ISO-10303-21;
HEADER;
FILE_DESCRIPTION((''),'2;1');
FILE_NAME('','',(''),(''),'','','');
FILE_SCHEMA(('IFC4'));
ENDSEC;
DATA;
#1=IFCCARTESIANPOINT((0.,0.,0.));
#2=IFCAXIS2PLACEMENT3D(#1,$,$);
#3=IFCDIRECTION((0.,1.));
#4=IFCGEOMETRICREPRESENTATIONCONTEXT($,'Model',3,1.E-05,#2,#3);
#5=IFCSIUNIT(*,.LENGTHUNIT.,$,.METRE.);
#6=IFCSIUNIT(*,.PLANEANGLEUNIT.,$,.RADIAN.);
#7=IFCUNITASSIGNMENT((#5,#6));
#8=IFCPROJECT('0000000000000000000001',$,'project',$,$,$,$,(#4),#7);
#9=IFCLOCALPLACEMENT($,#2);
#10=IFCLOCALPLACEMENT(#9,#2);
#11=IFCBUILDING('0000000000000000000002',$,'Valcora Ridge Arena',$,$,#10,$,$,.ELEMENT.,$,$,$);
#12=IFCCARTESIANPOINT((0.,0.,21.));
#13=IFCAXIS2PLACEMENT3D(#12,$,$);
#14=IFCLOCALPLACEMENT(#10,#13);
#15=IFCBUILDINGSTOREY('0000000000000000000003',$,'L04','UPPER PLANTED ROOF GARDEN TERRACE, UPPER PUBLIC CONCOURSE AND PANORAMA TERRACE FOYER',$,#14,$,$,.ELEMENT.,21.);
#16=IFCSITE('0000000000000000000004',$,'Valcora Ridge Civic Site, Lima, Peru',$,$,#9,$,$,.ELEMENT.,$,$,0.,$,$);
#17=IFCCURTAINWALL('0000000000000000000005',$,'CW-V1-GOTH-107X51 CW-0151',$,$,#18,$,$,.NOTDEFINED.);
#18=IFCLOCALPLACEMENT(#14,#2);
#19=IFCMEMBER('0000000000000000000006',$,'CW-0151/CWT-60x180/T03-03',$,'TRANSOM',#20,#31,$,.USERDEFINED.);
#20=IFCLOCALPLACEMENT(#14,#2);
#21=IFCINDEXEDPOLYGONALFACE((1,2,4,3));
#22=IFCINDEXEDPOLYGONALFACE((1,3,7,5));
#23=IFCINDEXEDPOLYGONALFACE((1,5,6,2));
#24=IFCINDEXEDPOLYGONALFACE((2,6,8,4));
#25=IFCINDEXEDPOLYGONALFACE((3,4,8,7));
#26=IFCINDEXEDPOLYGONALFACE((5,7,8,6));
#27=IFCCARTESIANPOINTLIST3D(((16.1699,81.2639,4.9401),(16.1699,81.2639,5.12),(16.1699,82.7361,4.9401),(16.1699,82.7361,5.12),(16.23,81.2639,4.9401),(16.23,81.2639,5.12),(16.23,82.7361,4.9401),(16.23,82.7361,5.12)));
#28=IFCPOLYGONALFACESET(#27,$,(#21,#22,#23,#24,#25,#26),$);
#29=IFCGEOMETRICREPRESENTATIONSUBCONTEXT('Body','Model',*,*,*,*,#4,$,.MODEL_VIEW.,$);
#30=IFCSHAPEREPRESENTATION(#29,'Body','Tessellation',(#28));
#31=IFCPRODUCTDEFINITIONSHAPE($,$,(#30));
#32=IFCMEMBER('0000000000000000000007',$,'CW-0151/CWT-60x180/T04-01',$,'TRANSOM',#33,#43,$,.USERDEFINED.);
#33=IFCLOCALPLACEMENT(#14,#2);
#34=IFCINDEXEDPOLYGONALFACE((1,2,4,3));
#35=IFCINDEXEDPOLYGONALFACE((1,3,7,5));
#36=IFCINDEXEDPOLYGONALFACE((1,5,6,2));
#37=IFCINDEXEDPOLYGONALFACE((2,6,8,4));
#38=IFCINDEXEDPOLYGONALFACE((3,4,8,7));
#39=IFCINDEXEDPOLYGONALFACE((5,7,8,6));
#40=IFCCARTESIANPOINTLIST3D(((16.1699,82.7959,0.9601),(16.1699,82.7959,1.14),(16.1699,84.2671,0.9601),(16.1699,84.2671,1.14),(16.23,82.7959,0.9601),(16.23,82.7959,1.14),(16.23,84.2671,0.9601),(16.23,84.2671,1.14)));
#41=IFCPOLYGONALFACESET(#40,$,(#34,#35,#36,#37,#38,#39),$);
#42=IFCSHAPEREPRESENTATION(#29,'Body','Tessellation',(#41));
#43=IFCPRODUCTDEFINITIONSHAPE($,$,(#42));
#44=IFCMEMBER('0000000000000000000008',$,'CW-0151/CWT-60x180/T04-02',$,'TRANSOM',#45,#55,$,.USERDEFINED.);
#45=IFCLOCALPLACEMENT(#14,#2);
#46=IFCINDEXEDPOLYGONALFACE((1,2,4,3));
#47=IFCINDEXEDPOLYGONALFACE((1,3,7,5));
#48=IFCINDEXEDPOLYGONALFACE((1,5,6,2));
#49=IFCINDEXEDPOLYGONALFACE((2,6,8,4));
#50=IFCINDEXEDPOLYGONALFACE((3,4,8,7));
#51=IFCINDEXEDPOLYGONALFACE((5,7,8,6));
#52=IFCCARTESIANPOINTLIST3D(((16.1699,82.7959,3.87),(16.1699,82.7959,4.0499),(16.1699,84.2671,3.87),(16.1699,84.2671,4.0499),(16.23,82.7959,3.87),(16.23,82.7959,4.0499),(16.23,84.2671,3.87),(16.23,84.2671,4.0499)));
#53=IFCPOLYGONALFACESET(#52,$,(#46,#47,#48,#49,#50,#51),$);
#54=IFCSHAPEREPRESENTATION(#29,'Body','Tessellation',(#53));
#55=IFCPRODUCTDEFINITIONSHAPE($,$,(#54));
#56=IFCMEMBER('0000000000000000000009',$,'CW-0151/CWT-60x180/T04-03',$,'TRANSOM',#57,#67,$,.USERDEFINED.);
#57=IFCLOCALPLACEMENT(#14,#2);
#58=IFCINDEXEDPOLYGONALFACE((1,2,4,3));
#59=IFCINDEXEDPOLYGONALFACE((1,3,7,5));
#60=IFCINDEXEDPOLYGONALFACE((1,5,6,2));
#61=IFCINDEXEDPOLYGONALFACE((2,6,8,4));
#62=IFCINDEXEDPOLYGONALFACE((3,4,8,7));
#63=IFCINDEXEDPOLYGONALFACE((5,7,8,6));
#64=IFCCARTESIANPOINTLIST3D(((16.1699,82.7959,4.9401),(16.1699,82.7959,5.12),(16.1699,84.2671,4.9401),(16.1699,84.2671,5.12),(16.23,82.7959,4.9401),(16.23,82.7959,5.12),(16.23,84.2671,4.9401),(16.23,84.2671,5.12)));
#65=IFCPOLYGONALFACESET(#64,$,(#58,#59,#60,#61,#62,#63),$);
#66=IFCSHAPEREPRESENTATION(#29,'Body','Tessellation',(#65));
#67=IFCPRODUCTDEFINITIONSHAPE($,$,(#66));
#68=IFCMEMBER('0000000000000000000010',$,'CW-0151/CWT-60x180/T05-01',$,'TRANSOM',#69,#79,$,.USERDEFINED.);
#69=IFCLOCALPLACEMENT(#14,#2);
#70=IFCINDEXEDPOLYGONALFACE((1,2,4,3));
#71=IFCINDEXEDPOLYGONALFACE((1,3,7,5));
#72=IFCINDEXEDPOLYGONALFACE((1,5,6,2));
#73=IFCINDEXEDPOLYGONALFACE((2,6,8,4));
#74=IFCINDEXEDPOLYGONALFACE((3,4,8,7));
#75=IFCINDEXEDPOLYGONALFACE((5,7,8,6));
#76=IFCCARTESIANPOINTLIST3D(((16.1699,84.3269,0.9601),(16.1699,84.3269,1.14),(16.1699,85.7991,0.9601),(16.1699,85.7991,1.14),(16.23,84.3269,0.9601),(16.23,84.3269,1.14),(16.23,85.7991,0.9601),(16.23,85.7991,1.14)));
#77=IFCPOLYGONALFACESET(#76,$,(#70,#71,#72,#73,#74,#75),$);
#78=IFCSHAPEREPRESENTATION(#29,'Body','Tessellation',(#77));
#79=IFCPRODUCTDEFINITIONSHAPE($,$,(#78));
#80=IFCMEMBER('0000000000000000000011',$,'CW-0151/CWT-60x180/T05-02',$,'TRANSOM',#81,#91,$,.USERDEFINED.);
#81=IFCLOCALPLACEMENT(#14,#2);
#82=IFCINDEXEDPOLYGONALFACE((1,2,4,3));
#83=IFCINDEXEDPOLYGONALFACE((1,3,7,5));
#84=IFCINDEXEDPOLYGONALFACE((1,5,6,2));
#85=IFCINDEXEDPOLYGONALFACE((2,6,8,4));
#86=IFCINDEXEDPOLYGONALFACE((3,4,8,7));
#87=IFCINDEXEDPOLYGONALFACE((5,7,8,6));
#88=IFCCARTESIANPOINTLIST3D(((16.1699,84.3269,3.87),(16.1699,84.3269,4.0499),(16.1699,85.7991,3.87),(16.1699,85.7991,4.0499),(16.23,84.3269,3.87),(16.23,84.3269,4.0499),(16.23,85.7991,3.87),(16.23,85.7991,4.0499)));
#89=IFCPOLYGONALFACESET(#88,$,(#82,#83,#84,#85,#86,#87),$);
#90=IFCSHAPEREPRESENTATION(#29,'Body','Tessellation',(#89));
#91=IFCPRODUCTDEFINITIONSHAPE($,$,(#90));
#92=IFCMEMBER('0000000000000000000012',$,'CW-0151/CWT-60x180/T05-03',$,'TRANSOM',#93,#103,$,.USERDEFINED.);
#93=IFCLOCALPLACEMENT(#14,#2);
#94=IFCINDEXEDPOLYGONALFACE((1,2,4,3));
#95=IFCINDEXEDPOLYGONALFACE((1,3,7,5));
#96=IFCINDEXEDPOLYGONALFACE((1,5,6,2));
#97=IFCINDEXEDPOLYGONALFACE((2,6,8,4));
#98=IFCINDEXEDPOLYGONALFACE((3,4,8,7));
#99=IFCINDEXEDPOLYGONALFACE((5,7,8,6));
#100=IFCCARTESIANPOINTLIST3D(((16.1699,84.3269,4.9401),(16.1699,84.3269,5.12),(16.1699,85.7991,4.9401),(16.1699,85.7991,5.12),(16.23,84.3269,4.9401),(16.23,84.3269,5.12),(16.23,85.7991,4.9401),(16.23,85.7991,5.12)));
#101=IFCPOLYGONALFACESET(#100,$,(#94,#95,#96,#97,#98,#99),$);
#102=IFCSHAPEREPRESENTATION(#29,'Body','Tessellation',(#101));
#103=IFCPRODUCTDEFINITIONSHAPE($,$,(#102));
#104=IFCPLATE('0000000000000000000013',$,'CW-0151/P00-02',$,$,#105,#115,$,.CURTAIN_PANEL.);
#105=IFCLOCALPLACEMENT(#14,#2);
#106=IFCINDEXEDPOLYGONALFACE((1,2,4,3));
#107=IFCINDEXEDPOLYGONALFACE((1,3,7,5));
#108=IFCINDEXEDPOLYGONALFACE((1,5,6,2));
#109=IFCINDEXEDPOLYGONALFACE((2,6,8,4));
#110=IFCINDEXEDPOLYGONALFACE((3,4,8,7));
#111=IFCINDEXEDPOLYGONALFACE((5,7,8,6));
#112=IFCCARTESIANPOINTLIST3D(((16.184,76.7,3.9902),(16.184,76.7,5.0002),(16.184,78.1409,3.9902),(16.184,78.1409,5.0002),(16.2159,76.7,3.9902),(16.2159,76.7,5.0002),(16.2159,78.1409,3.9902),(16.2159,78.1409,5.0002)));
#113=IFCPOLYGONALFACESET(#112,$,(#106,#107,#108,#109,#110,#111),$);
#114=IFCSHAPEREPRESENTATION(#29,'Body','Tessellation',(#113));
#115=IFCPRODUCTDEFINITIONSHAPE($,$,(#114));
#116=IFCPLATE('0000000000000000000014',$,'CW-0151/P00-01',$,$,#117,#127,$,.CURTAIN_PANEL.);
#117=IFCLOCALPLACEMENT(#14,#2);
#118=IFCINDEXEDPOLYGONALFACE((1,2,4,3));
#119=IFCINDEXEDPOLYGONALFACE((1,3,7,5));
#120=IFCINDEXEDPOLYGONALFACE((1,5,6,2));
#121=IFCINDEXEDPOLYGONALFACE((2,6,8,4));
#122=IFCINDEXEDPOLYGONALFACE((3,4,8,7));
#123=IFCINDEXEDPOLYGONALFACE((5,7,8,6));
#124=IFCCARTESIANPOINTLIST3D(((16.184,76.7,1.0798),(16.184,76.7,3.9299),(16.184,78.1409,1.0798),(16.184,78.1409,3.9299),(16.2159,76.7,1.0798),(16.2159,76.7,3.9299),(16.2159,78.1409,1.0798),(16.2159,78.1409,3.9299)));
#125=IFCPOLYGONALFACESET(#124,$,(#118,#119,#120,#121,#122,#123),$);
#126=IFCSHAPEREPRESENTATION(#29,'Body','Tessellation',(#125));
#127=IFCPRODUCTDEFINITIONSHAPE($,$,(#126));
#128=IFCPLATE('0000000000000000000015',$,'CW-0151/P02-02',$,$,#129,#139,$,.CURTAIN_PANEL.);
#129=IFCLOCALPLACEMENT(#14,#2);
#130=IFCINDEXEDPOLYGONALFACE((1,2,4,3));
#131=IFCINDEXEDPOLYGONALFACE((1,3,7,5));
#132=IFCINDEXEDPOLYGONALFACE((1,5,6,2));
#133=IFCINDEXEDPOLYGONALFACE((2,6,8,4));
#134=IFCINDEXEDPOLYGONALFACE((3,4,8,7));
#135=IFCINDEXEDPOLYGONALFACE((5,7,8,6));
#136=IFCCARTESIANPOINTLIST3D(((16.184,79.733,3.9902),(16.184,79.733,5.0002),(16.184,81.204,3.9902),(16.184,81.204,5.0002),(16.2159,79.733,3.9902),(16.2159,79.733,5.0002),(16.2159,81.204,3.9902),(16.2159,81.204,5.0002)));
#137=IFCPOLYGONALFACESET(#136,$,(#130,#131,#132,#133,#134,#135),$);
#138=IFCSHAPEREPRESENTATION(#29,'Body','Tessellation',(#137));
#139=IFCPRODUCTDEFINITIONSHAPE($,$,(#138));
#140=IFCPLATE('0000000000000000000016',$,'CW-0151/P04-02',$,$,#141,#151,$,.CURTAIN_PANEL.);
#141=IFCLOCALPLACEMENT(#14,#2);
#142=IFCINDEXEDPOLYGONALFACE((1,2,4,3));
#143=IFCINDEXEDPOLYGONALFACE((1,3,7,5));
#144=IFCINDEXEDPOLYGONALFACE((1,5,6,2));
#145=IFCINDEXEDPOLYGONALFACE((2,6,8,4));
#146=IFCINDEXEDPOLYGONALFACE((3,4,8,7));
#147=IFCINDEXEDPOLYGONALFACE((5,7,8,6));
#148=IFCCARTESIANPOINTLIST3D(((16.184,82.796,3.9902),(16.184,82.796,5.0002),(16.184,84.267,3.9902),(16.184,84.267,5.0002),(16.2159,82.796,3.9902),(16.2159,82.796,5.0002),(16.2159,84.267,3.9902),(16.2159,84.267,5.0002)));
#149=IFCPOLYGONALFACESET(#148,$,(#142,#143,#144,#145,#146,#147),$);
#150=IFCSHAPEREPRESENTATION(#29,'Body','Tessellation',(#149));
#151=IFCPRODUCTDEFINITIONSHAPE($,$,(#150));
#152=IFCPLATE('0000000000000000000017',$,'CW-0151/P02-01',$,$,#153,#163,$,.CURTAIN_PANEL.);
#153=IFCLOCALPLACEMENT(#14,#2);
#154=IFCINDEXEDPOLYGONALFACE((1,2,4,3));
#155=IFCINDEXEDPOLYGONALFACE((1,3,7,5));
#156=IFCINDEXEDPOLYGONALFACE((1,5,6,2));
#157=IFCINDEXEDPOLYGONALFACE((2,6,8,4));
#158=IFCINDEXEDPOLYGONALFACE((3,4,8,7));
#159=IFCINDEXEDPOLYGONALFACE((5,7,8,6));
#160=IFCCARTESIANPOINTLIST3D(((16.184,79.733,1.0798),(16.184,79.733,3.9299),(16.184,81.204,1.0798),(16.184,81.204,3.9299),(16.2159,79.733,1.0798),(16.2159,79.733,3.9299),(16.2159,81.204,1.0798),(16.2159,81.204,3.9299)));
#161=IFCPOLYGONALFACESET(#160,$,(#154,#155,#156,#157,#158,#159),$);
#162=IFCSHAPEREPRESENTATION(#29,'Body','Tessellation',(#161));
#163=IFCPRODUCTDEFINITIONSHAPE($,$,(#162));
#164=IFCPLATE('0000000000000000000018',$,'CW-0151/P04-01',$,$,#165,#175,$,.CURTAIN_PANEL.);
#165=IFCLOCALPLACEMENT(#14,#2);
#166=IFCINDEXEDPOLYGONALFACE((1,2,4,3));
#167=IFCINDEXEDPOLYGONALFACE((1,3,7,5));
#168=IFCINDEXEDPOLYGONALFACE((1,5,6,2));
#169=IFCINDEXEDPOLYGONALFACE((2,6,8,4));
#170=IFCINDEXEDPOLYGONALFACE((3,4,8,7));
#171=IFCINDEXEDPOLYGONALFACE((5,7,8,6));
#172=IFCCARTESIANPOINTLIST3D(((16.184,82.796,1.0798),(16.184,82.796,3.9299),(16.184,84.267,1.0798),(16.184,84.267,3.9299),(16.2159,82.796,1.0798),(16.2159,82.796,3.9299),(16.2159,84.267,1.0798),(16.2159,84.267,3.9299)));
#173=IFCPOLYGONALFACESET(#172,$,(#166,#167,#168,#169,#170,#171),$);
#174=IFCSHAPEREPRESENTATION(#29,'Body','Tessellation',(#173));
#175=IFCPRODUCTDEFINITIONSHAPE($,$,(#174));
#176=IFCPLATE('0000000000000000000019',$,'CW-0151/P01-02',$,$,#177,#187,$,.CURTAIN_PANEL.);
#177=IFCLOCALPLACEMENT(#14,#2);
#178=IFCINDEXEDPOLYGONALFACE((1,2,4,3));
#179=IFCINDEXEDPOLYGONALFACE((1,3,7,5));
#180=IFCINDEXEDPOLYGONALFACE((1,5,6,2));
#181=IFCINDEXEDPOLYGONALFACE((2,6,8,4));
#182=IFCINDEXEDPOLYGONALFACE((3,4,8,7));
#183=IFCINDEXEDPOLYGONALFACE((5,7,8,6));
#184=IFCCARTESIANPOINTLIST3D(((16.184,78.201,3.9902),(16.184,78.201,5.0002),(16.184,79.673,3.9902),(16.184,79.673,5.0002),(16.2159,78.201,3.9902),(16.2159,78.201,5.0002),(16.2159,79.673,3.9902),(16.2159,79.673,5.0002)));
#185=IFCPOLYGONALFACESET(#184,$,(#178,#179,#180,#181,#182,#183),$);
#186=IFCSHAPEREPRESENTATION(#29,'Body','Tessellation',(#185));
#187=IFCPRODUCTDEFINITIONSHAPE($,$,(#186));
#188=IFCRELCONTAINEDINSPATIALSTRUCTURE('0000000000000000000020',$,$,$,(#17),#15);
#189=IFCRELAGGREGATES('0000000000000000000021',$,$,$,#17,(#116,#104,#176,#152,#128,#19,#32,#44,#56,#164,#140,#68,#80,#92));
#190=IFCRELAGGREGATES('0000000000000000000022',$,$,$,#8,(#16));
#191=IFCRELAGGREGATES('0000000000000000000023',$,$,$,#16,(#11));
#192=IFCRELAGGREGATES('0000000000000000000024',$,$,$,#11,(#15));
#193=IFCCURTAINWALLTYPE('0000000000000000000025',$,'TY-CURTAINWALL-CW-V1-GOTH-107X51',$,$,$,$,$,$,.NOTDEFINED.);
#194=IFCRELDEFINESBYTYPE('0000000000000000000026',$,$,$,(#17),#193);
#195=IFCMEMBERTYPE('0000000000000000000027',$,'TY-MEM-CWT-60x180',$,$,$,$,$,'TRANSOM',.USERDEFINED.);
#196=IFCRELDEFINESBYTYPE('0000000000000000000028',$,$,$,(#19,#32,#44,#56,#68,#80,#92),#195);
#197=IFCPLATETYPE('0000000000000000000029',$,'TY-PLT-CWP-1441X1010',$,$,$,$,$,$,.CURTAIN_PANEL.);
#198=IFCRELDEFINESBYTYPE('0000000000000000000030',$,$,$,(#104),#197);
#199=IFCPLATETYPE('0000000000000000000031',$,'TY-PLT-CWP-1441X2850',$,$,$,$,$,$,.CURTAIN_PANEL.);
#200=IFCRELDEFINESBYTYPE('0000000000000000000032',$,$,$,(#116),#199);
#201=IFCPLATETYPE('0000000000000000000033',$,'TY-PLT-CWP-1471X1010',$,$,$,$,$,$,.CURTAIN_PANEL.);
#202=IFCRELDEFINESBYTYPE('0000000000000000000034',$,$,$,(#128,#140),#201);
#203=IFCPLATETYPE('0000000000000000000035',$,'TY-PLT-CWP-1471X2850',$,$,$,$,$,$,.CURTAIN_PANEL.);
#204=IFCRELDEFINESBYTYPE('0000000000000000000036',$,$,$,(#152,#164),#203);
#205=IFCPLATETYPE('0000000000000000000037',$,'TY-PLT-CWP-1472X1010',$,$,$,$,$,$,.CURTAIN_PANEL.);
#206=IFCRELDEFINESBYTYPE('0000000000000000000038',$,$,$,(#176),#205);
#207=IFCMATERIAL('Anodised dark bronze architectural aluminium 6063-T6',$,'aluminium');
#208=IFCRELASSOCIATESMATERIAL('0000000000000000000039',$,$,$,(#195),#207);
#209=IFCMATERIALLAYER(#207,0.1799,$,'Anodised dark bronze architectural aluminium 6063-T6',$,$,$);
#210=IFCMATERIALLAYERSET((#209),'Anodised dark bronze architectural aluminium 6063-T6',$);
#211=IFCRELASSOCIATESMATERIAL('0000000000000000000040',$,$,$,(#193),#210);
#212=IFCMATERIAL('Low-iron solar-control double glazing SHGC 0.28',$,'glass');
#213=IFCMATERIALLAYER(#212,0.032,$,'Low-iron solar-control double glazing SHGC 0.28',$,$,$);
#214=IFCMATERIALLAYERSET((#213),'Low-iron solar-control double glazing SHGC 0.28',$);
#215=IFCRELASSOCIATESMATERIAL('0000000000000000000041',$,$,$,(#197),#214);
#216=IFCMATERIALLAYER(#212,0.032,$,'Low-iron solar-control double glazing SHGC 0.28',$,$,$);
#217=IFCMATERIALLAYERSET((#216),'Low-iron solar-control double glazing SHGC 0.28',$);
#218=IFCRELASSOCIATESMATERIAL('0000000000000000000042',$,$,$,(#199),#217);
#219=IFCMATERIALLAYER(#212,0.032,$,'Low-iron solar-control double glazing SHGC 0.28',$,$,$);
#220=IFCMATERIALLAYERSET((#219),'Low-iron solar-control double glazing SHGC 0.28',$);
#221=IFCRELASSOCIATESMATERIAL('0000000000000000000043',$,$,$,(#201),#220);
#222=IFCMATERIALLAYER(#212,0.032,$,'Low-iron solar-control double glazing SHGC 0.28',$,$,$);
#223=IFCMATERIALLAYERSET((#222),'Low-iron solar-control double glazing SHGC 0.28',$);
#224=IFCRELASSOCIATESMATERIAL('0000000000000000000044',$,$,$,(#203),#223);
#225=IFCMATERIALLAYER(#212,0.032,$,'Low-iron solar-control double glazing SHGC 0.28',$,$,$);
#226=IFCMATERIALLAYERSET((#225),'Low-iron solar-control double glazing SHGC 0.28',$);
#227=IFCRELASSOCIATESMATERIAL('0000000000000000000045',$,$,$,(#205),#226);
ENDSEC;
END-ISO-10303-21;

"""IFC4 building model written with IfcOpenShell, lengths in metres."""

from ifc_helpers import new_model, si_unit, direction, frame, origin, origin_2d, place, context, subcontext, project, spatial, rectangle, extrude, material, layer, layer_set, material_profile, profile_set, type_object, element, aggregate, save


model = new_model("IFC4")

# Units and contexts
model_context = context("Model", 3, precision=1e-05, world=origin(), true_north=direction((0.0, 1.0)))
body_context = subcontext(model_context, "Body", "Model", "MODEL_VIEW")
ifc_project = project(units=[si_unit("LENGTHUNIT", "METRE"), si_unit("PLANEANGLEUNIT", "RADIAN")], contexts=[model_context])

# Site, building, storey
site_placement = place(None, origin())
site = spatial("IfcSite", under=ifc_project, at=site_placement, Name="Valcora Ridge Civic Site, Lima, Peru", CompositionType="ELEMENT", RefElevation=0.0)
building_placement = place(site_placement, origin())
building = spatial("IfcBuilding", under=site, at=building_placement, Name="Valcora Ridge Arena", CompositionType="ELEMENT")
storey_placement = place(building_placement, frame((0.0, 0.0, 21.0)))
storey = spatial("IfcBuildingStorey", under=building, at=storey_placement, Name="L04", Description="UPPER PLANTED ROOF GARDEN TERRACE, UPPER PUBLIC CONCOURSE AND PANORAMA TERRACE FOYER", CompositionType="ELEMENT", Elevation=21.0)

# Shared definitions
ifc_material_1 = material(Name="Anodised dark bronze architectural aluminium 6063-T6", Category="aluminium")
ifc_material_profile_1 = material_profile(ifc_material_1, rectangle(XDim=0.0601, YDim=0.1799, at=origin_2d()), Name="ALU TRANSOM 60x180")
ifc_profile_set_1 = profile_set([ifc_material_profile_1], Name="Anodised dark bronze architectural aluminium 6063-T6")
member_type = type_object("IfcMemberType", Name="TY-MEM-CWT-60x180", ElementType="TRANSOM", PredefinedType="USERDEFINED", material=ifc_profile_set_1)

# Curtain wall, members, plates
ifc_layer_1 = layer(ifc_material_1, 0.1799, Name="Anodised dark bronze architectural aluminium 6063-T6")
ifc_layer_set_1 = layer_set([ifc_layer_1], Name="Anodised dark bronze architectural aluminium 6063-T6")
curtain_wall_type_1 = type_object("IfcCurtainWallType", Name="TY-CURTAINWALL-CW-V1-GOTH-107X51", PredefinedType="NOTDEFINED", material=ifc_layer_set_1)
curtain_wall_1_placement = place(storey_placement, origin())
curtain_wall_1 = element("IfcCurtainWall", 1, at=curtain_wall_1_placement, inside=storey, type_object=curtain_wall_type_1, Name="CW-V1-GOTH-107X51 CW-0151", PredefinedType="NOTDEFINED")
member_1_placement = place(storey_placement, frame((16.2, 81.2639, 5.03), z_axis=(0.0, 1.0, 0.0), x_axis=(-1.0, 0.0, 0.0)))
member_1 = element("IfcMember", 2, at=member_1_placement, type_object=member_type, Name="CW-0151/CWT-60x180/T03-03", ObjectType="TRANSOM", PredefinedType="USERDEFINED", context=body_context, shape_type="SweptSolid", body=[
    extrude(rectangle(XDim=0.0601, YDim=0.1799, at=origin_2d()), origin(), (0.0, 0.0, 1.0), 1.4722),
])
member_2_placement = place(storey_placement, frame((16.2, 82.7959, 1.05), z_axis=(0.0, 1.0, 0.0), x_axis=(-1.0, 0.0, 0.0)))
member_2 = element("IfcMember", 3, at=member_2_placement, type_object=member_type, Name="CW-0151/CWT-60x180/T04-01", ObjectType="TRANSOM", PredefinedType="USERDEFINED", context=body_context, shape_type="SweptSolid", body=[
    extrude(rectangle(XDim=0.0601, YDim=0.1799, at=origin_2d()), origin(), (0.0, 0.0, 1.0), 1.4712),
])
member_3_placement = place(storey_placement, frame((16.2, 82.7959, 3.96), z_axis=(0.0, 1.0, 0.0), x_axis=(-1.0, 0.0, 0.0)))
member_3 = element("IfcMember", 4, at=member_3_placement, type_object=member_type, Name="CW-0151/CWT-60x180/T04-02", ObjectType="TRANSOM", PredefinedType="USERDEFINED", context=body_context, shape_type="SweptSolid", body=[
    extrude(rectangle(XDim=0.0601, YDim=0.1799, at=origin_2d()), origin(), (0.0, 0.0, 1.0), 1.4712),
])
member_4_placement = place(storey_placement, frame((16.2, 82.7959, 5.03), z_axis=(0.0, 1.0, 0.0), x_axis=(-1.0, 0.0, 0.0)))
member_4 = element("IfcMember", 5, at=member_4_placement, type_object=member_type, Name="CW-0151/CWT-60x180/T04-03", ObjectType="TRANSOM", PredefinedType="USERDEFINED", context=body_context, shape_type="SweptSolid", body=[
    extrude(rectangle(XDim=0.0601, YDim=0.1799, at=origin_2d()), origin(), (0.0, 0.0, 1.0), 1.4712),
])
member_5_placement = place(storey_placement, frame((16.2, 84.3269, 1.05), z_axis=(0.0, 1.0, 0.0), x_axis=(-1.0, 0.0, 0.0)))
member_5 = element("IfcMember", 6, at=member_5_placement, type_object=member_type, Name="CW-0151/CWT-60x180/T05-01", ObjectType="TRANSOM", PredefinedType="USERDEFINED", context=body_context, shape_type="SweptSolid", body=[
    extrude(rectangle(XDim=0.0601, YDim=0.1799, at=origin_2d()), origin(), (0.0, 0.0, 1.0), 1.4722),
])
member_6_placement = place(storey_placement, frame((16.2, 84.3269, 3.96), z_axis=(0.0, 1.0, 0.0), x_axis=(-1.0, 0.0, 0.0)))
member_6 = element("IfcMember", 7, at=member_6_placement, type_object=member_type, Name="CW-0151/CWT-60x180/T05-02", ObjectType="TRANSOM", PredefinedType="USERDEFINED", context=body_context, shape_type="SweptSolid", body=[
    extrude(rectangle(XDim=0.0601, YDim=0.1799, at=origin_2d()), origin(), (0.0, 0.0, 1.0), 1.4722),
])
member_7_placement = place(storey_placement, frame((16.2, 84.3269, 5.03), z_axis=(0.0, 1.0, 0.0), x_axis=(-1.0, 0.0, 0.0)))
member_7 = element("IfcMember", 8, at=member_7_placement, type_object=member_type, Name="CW-0151/CWT-60x180/T05-03", ObjectType="TRANSOM", PredefinedType="USERDEFINED", context=body_context, shape_type="SweptSolid", body=[
    extrude(rectangle(XDim=0.0601, YDim=0.1799, at=origin_2d()), origin(), (0.0, 0.0, 1.0), 1.4722),
])
ifc_material_2 = material(Name="Low-iron solar-control double glazing SHGC 0.28", Category="glass")
ifc_layer_2 = layer(ifc_material_2, 0.032, Name="Low-iron solar-control double glazing SHGC 0.28")
ifc_layer_set_2 = layer_set([ifc_layer_2], Name="Low-iron solar-control double glazing SHGC 0.28")
plate_type_1 = type_object("IfcPlateType", Name="TY-PLT-CWP-1441X1010", PredefinedType="CURTAIN_PANEL", material=ifc_layer_set_2)
plate_1_placement = place(storey_placement, frame((16.2, 77.4204, 3.9902), z_axis=(0.0, 0.0, 1.0), x_axis=(0.0, 1.0, 0.0)))
plate_1 = element("IfcPlate", 9, at=plate_1_placement, type_object=plate_type_1, Name="CW-0151/P00-02", PredefinedType="CURTAIN_PANEL", context=body_context, shape_type="SweptSolid", body=[
    extrude(rectangle(XDim=1.4409, YDim=0.032, at=origin_2d()), origin(), (0.0, 0.0, 1.0), 1.01),
])
ifc_layer_3 = layer(ifc_material_2, 0.032, Name="Low-iron solar-control double glazing SHGC 0.28")
ifc_layer_set_3 = layer_set([ifc_layer_3], Name="Low-iron solar-control double glazing SHGC 0.28")
plate_type_2 = type_object("IfcPlateType", Name="TY-PLT-CWP-1441X2850", PredefinedType="CURTAIN_PANEL", material=ifc_layer_set_3)
plate_2_placement = place(storey_placement, frame((16.2, 77.4204, 1.0798), z_axis=(0.0, 0.0, 1.0), x_axis=(0.0, 1.0, 0.0)))
plate_2 = element("IfcPlate", 10, at=plate_2_placement, type_object=plate_type_2, Name="CW-0151/P00-01", PredefinedType="CURTAIN_PANEL", context=body_context, shape_type="SweptSolid", body=[
    extrude(rectangle(XDim=1.4409, YDim=0.032, at=origin_2d()), origin(), (0.0, 0.0, 1.0), 2.8501),
])
ifc_layer_4 = layer(ifc_material_2, 0.032, Name="Low-iron solar-control double glazing SHGC 0.28")
ifc_layer_set_4 = layer_set([ifc_layer_4], Name="Low-iron solar-control double glazing SHGC 0.28")
plate_type_3 = type_object("IfcPlateType", Name="TY-PLT-CWP-1471X1010", PredefinedType="CURTAIN_PANEL", material=ifc_layer_set_4)
plate_3_placement = place(storey_placement, frame((16.2, 80.4685, 3.9902), z_axis=(0.0, 0.0, 1.0), x_axis=(0.0, 1.0, 0.0)))
plate_3 = element("IfcPlate", 11, at=plate_3_placement, type_object=plate_type_3, Name="CW-0151/P02-02", PredefinedType="CURTAIN_PANEL", context=body_context, shape_type="SweptSolid", body=[
    extrude(rectangle(XDim=1.4709, YDim=0.032, at=origin_2d()), origin(), (0.0, 0.0, 1.0), 1.01),
])
plate_4_placement = place(storey_placement, frame((16.2, 83.5315, 3.9902), z_axis=(0.0, 0.0, 1.0), x_axis=(0.0, 1.0, 0.0)))
plate_4 = element("IfcPlate", 12, at=plate_4_placement, type_object=plate_type_3, Name="CW-0151/P04-02", PredefinedType="CURTAIN_PANEL", context=body_context, shape_type="SweptSolid", body=[
    extrude(rectangle(XDim=1.4709, YDim=0.032, at=origin_2d()), origin(), (0.0, 0.0, 1.0), 1.01),
])
ifc_layer_5 = layer(ifc_material_2, 0.032, Name="Low-iron solar-control double glazing SHGC 0.28")
ifc_layer_set_5 = layer_set([ifc_layer_5], Name="Low-iron solar-control double glazing SHGC 0.28")
plate_type_4 = type_object("IfcPlateType", Name="TY-PLT-CWP-1471X2850", PredefinedType="CURTAIN_PANEL", material=ifc_layer_set_5)
plate_5_placement = place(storey_placement, frame((16.2, 80.4685, 1.0798), z_axis=(0.0, 0.0, 1.0), x_axis=(0.0, 1.0, 0.0)))
plate_5 = element("IfcPlate", 13, at=plate_5_placement, type_object=plate_type_4, Name="CW-0151/P02-01", PredefinedType="CURTAIN_PANEL", context=body_context, shape_type="SweptSolid", body=[
    extrude(rectangle(XDim=1.4709, YDim=0.032, at=origin_2d()), origin(), (0.0, 0.0, 1.0), 2.8501),
])
plate_6_placement = place(storey_placement, frame((16.2, 83.5315, 1.0798), z_axis=(0.0, 0.0, 1.0), x_axis=(0.0, 1.0, 0.0)))
plate_6 = element("IfcPlate", 14, at=plate_6_placement, type_object=plate_type_4, Name="CW-0151/P04-01", PredefinedType="CURTAIN_PANEL", context=body_context, shape_type="SweptSolid", body=[
    extrude(rectangle(XDim=1.4709, YDim=0.032, at=origin_2d()), origin(), (0.0, 0.0, 1.0), 2.8501),
])
ifc_layer_6 = layer(ifc_material_2, 0.032, Name="Low-iron solar-control double glazing SHGC 0.28")
ifc_layer_set_6 = layer_set([ifc_layer_6], Name="Low-iron solar-control double glazing SHGC 0.28")
plate_type_5 = type_object("IfcPlateType", Name="TY-PLT-CWP-1472X1010", PredefinedType="CURTAIN_PANEL", material=ifc_layer_set_6)
plate_7_placement = place(storey_placement, frame((16.2, 78.937, 3.9902), z_axis=(0.0, 0.0, 1.0), x_axis=(0.0, 1.0, 0.0)))
plate_7 = element("IfcPlate", 15, at=plate_7_placement, type_object=plate_type_5, Name="CW-0151/P01-02", PredefinedType="CURTAIN_PANEL", context=body_context, shape_type="SweptSolid", body=[
    extrude(rectangle(XDim=1.4719, YDim=0.032, at=origin_2d()), origin(), (0.0, 0.0, 1.0), 1.01),
])
aggregate(curtain_wall_1, [plate_2, plate_1, plate_7, plate_5, plate_3, member_1, member_2, member_3, member_4, plate_6, plate_4, member_5, member_6, member_7])

save(model, "model.ifc")
